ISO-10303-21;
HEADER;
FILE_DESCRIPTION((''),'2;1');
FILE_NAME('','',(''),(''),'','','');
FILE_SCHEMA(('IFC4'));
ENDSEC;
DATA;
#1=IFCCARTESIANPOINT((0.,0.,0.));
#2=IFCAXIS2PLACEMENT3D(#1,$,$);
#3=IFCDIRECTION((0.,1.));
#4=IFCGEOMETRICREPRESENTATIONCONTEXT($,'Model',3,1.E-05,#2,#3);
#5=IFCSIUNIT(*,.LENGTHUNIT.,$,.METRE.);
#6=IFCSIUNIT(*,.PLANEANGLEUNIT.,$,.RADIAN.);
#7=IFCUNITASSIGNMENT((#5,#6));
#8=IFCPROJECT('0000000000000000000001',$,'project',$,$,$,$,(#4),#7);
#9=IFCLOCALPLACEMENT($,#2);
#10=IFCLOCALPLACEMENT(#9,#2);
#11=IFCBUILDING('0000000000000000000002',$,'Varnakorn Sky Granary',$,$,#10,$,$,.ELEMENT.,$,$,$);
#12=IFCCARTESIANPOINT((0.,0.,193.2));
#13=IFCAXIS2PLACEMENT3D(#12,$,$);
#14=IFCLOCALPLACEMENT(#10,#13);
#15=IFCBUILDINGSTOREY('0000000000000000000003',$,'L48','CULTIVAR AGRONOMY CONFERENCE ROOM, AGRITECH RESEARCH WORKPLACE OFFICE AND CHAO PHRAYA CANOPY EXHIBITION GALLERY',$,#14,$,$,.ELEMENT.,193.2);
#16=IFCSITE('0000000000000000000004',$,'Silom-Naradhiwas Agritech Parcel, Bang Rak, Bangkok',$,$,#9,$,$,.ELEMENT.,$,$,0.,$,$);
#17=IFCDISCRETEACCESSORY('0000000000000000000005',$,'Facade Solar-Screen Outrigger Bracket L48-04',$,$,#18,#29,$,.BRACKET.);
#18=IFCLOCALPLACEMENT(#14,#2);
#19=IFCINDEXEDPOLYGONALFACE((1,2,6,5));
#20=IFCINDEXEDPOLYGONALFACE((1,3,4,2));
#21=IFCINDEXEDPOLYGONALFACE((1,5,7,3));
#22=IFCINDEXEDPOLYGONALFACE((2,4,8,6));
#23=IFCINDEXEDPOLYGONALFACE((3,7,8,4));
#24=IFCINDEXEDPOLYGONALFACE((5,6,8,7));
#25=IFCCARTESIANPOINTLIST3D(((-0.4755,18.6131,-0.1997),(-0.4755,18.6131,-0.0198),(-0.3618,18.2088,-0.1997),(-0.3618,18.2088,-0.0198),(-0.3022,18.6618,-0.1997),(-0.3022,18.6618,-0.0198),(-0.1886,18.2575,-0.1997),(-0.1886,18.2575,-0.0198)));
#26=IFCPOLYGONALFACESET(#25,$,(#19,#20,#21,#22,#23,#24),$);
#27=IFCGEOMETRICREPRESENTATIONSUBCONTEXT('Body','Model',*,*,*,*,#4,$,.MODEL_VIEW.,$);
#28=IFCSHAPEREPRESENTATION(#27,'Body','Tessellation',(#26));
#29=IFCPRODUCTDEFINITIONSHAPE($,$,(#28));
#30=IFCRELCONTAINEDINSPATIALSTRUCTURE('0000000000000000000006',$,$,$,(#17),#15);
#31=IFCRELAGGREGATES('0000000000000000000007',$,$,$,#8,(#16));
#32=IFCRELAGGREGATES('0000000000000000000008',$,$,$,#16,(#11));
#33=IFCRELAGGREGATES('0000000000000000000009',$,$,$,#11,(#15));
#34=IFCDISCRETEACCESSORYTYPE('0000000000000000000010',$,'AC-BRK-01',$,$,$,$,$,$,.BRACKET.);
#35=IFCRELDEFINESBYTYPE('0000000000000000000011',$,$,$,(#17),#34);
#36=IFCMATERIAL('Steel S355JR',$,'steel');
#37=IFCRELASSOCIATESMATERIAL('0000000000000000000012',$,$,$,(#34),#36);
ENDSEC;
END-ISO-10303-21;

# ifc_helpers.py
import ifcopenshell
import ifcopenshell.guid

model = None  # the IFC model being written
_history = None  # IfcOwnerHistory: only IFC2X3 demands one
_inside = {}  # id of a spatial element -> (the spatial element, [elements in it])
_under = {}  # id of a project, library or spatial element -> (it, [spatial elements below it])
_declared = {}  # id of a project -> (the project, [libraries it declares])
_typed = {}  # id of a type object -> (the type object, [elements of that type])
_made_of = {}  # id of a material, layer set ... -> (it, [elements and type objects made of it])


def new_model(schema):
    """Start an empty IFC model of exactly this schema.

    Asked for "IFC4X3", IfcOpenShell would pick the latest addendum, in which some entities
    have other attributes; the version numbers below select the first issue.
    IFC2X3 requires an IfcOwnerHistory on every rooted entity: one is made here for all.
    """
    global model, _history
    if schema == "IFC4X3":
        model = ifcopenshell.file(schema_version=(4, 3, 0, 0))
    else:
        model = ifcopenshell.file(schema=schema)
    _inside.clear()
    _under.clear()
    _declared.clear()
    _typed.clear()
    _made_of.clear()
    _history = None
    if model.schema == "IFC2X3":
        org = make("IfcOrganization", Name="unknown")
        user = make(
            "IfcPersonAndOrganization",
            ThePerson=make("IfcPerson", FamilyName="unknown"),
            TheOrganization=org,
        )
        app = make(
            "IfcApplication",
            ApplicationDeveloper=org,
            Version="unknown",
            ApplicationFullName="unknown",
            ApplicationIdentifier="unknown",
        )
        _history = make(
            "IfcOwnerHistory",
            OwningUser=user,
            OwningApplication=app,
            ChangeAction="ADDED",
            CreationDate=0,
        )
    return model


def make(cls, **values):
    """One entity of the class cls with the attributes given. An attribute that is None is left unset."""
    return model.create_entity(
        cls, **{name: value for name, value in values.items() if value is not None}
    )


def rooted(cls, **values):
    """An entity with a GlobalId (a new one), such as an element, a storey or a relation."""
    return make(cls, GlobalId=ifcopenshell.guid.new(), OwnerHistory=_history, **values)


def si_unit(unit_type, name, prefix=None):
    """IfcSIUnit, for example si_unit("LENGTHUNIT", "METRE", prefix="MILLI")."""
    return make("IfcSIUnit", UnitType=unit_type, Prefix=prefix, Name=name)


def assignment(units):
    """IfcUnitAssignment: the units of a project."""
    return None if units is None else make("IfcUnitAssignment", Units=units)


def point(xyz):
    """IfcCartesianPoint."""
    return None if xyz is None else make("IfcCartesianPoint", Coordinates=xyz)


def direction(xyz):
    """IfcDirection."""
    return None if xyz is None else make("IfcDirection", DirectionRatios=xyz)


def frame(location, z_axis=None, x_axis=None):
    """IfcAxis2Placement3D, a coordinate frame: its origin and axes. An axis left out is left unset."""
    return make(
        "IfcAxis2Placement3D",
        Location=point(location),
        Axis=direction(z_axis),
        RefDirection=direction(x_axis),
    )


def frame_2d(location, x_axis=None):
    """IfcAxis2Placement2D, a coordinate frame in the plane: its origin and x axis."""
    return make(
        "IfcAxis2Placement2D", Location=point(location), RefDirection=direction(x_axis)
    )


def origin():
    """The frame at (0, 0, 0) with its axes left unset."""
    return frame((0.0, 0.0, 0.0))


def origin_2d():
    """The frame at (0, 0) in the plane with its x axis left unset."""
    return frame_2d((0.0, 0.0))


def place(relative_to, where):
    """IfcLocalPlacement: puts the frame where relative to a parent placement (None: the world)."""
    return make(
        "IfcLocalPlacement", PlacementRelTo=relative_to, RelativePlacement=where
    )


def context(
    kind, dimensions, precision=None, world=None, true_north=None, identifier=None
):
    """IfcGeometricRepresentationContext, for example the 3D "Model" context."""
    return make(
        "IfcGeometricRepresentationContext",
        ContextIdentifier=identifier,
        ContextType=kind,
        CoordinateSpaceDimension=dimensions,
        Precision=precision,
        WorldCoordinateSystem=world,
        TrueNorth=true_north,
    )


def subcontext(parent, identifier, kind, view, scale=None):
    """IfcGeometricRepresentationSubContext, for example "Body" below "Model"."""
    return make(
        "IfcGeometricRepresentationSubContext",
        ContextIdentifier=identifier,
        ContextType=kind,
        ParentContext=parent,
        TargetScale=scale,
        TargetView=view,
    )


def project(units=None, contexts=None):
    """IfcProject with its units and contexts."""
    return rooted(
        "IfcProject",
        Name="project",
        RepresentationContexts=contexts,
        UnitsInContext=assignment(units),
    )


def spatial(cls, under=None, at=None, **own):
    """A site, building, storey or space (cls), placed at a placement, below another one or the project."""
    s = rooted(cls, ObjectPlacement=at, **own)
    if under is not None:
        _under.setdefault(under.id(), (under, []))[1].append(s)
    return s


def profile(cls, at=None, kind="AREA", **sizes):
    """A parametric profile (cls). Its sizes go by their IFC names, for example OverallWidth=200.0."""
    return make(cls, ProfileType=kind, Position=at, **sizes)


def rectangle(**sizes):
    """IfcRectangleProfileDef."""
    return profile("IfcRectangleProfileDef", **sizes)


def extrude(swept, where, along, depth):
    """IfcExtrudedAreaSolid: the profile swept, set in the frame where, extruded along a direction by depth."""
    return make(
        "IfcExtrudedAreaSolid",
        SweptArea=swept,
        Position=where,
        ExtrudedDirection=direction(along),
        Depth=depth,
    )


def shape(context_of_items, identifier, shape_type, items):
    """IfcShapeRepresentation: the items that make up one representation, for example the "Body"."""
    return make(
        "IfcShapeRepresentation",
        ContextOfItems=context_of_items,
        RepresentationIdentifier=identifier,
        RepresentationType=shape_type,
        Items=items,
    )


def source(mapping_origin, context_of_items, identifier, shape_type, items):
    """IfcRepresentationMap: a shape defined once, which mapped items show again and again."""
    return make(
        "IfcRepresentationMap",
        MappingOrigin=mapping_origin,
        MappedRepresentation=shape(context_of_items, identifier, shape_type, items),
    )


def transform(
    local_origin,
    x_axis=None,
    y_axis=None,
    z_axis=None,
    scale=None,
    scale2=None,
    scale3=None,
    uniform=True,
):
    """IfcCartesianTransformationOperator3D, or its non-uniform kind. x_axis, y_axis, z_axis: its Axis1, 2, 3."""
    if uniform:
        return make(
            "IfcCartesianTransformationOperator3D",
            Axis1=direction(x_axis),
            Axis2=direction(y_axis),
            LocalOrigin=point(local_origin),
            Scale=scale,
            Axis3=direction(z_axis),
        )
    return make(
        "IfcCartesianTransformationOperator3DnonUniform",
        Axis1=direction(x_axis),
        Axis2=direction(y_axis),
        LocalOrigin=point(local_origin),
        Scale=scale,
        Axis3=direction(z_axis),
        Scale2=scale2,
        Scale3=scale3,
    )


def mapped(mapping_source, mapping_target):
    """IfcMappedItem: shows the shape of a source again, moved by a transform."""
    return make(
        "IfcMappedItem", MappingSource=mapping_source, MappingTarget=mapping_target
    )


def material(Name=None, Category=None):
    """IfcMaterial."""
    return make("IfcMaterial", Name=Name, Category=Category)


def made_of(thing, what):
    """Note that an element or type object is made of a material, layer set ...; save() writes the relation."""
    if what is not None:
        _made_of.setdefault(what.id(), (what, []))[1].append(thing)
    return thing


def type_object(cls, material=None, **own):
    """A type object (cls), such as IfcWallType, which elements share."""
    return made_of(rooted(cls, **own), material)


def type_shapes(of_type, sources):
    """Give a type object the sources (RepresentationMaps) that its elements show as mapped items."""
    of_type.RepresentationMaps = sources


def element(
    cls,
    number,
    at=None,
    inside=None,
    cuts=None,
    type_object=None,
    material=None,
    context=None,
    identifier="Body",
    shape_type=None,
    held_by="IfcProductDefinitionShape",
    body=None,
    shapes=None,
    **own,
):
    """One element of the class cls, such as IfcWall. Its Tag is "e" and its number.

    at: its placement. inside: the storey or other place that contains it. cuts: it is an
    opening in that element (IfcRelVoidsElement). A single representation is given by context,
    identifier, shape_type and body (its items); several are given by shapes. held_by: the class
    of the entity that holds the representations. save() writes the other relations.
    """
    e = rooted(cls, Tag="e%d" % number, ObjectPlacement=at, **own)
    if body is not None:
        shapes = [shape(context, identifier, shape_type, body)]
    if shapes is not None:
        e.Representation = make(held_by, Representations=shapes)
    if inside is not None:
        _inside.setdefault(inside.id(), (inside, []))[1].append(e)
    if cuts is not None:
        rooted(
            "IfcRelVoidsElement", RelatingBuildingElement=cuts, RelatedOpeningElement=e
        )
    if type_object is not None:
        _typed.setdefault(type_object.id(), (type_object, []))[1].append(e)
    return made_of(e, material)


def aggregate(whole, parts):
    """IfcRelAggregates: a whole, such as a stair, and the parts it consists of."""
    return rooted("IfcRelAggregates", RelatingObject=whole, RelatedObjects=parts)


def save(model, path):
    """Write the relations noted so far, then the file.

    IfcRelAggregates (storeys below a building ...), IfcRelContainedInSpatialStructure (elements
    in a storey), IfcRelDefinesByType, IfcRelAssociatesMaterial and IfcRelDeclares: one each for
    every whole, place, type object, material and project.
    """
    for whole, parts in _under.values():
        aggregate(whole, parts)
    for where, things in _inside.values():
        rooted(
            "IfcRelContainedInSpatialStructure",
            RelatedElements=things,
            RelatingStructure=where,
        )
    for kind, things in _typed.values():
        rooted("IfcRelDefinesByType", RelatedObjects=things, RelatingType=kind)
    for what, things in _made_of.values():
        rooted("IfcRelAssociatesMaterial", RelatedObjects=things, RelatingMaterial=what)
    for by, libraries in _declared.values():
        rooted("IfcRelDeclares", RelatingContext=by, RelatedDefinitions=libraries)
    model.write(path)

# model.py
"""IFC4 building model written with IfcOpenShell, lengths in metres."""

from ifc_helpers import new_model, si_unit, direction, frame, origin, origin_2d, place, context, subcontext, project, spatial, rectangle, extrude, source, transform, mapped, material, type_object, type_shapes, element, save


model = new_model("IFC4")

# Units and contexts
model_context = context("Model", 3, precision=1e-05, world=origin(), true_north=direction((0.0, 1.0)))
body_context = subcontext(model_context, "Body", "Model", "MODEL_VIEW")
ifc_project = project(units=[si_unit("LENGTHUNIT", "METRE"), si_unit("PLANEANGLEUNIT", "RADIAN")], contexts=[model_context])

# Site, building, storey
site_placement = place(None, origin())
site = spatial("IfcSite", under=ifc_project, at=site_placement, Name="Silom-Naradhiwas Agritech Parcel, Bang Rak, Bangkok", CompositionType="ELEMENT", RefElevation=0.0)
building_placement = place(site_placement, origin())
building = spatial("IfcBuilding", under=site, at=building_placement, Name="Varnakorn Sky Granary", CompositionType="ELEMENT")
storey_placement = place(building_placement, frame((0.0, 0.0, 193.2)))
storey = spatial("IfcBuildingStorey", under=building, at=storey_placement, Name="L48", Description="CULTIVAR AGRONOMY CONFERENCE ROOM, AGRITECH RESEARCH WORKPLACE OFFICE AND CHAO PHRAYA CANOPY EXHIBITION GALLERY", CompositionType="ELEMENT", Elevation=193.2)

# Shared definitions
ifc_material_1 = material(Name="Steel S355JR", Category="steel")

# Discrete accessory
discrete_accessory_type = type_object("IfcDiscreteAccessoryType", Name="AC-BRK-01", PredefinedType="BRACKET", material=ifc_material_1)
shared_shape_1 = source(origin(), body_context, "Body", "SweptSolid", [
    extrude(rectangle(XDim=0.1799, YDim=0.4199, at=origin_2d()), origin(), (0.0, 0.0, 1.0), 0.1799),
])
type_shapes(discrete_accessory_type, [shared_shape_1])
discrete_accessory_placement = place(storey_placement, frame((-0.332, 18.4353, -0.1997), z_axis=(0.0, 0.0, 1.0), x_axis=(-0.962691, -0.270604, 0.0)))
element("IfcDiscreteAccessory", 1, at=discrete_accessory_placement, inside=storey, type_object=discrete_accessory_type, Name="Facade Solar-Screen Outrigger Bracket L48-04", PredefinedType="BRACKET", context=body_context, shape_type="MappedRepresentation", body=[
    mapped(shared_shape_1, transform((0.0, 0.0, 0.0), x_axis=(1.0, 0.0, 0.0), y_axis=(0.0, 1.0, 0.0), z_axis=(0.0, 0.0, 1.0), scale=1.0)),
])

save(model, "model.ifc")
